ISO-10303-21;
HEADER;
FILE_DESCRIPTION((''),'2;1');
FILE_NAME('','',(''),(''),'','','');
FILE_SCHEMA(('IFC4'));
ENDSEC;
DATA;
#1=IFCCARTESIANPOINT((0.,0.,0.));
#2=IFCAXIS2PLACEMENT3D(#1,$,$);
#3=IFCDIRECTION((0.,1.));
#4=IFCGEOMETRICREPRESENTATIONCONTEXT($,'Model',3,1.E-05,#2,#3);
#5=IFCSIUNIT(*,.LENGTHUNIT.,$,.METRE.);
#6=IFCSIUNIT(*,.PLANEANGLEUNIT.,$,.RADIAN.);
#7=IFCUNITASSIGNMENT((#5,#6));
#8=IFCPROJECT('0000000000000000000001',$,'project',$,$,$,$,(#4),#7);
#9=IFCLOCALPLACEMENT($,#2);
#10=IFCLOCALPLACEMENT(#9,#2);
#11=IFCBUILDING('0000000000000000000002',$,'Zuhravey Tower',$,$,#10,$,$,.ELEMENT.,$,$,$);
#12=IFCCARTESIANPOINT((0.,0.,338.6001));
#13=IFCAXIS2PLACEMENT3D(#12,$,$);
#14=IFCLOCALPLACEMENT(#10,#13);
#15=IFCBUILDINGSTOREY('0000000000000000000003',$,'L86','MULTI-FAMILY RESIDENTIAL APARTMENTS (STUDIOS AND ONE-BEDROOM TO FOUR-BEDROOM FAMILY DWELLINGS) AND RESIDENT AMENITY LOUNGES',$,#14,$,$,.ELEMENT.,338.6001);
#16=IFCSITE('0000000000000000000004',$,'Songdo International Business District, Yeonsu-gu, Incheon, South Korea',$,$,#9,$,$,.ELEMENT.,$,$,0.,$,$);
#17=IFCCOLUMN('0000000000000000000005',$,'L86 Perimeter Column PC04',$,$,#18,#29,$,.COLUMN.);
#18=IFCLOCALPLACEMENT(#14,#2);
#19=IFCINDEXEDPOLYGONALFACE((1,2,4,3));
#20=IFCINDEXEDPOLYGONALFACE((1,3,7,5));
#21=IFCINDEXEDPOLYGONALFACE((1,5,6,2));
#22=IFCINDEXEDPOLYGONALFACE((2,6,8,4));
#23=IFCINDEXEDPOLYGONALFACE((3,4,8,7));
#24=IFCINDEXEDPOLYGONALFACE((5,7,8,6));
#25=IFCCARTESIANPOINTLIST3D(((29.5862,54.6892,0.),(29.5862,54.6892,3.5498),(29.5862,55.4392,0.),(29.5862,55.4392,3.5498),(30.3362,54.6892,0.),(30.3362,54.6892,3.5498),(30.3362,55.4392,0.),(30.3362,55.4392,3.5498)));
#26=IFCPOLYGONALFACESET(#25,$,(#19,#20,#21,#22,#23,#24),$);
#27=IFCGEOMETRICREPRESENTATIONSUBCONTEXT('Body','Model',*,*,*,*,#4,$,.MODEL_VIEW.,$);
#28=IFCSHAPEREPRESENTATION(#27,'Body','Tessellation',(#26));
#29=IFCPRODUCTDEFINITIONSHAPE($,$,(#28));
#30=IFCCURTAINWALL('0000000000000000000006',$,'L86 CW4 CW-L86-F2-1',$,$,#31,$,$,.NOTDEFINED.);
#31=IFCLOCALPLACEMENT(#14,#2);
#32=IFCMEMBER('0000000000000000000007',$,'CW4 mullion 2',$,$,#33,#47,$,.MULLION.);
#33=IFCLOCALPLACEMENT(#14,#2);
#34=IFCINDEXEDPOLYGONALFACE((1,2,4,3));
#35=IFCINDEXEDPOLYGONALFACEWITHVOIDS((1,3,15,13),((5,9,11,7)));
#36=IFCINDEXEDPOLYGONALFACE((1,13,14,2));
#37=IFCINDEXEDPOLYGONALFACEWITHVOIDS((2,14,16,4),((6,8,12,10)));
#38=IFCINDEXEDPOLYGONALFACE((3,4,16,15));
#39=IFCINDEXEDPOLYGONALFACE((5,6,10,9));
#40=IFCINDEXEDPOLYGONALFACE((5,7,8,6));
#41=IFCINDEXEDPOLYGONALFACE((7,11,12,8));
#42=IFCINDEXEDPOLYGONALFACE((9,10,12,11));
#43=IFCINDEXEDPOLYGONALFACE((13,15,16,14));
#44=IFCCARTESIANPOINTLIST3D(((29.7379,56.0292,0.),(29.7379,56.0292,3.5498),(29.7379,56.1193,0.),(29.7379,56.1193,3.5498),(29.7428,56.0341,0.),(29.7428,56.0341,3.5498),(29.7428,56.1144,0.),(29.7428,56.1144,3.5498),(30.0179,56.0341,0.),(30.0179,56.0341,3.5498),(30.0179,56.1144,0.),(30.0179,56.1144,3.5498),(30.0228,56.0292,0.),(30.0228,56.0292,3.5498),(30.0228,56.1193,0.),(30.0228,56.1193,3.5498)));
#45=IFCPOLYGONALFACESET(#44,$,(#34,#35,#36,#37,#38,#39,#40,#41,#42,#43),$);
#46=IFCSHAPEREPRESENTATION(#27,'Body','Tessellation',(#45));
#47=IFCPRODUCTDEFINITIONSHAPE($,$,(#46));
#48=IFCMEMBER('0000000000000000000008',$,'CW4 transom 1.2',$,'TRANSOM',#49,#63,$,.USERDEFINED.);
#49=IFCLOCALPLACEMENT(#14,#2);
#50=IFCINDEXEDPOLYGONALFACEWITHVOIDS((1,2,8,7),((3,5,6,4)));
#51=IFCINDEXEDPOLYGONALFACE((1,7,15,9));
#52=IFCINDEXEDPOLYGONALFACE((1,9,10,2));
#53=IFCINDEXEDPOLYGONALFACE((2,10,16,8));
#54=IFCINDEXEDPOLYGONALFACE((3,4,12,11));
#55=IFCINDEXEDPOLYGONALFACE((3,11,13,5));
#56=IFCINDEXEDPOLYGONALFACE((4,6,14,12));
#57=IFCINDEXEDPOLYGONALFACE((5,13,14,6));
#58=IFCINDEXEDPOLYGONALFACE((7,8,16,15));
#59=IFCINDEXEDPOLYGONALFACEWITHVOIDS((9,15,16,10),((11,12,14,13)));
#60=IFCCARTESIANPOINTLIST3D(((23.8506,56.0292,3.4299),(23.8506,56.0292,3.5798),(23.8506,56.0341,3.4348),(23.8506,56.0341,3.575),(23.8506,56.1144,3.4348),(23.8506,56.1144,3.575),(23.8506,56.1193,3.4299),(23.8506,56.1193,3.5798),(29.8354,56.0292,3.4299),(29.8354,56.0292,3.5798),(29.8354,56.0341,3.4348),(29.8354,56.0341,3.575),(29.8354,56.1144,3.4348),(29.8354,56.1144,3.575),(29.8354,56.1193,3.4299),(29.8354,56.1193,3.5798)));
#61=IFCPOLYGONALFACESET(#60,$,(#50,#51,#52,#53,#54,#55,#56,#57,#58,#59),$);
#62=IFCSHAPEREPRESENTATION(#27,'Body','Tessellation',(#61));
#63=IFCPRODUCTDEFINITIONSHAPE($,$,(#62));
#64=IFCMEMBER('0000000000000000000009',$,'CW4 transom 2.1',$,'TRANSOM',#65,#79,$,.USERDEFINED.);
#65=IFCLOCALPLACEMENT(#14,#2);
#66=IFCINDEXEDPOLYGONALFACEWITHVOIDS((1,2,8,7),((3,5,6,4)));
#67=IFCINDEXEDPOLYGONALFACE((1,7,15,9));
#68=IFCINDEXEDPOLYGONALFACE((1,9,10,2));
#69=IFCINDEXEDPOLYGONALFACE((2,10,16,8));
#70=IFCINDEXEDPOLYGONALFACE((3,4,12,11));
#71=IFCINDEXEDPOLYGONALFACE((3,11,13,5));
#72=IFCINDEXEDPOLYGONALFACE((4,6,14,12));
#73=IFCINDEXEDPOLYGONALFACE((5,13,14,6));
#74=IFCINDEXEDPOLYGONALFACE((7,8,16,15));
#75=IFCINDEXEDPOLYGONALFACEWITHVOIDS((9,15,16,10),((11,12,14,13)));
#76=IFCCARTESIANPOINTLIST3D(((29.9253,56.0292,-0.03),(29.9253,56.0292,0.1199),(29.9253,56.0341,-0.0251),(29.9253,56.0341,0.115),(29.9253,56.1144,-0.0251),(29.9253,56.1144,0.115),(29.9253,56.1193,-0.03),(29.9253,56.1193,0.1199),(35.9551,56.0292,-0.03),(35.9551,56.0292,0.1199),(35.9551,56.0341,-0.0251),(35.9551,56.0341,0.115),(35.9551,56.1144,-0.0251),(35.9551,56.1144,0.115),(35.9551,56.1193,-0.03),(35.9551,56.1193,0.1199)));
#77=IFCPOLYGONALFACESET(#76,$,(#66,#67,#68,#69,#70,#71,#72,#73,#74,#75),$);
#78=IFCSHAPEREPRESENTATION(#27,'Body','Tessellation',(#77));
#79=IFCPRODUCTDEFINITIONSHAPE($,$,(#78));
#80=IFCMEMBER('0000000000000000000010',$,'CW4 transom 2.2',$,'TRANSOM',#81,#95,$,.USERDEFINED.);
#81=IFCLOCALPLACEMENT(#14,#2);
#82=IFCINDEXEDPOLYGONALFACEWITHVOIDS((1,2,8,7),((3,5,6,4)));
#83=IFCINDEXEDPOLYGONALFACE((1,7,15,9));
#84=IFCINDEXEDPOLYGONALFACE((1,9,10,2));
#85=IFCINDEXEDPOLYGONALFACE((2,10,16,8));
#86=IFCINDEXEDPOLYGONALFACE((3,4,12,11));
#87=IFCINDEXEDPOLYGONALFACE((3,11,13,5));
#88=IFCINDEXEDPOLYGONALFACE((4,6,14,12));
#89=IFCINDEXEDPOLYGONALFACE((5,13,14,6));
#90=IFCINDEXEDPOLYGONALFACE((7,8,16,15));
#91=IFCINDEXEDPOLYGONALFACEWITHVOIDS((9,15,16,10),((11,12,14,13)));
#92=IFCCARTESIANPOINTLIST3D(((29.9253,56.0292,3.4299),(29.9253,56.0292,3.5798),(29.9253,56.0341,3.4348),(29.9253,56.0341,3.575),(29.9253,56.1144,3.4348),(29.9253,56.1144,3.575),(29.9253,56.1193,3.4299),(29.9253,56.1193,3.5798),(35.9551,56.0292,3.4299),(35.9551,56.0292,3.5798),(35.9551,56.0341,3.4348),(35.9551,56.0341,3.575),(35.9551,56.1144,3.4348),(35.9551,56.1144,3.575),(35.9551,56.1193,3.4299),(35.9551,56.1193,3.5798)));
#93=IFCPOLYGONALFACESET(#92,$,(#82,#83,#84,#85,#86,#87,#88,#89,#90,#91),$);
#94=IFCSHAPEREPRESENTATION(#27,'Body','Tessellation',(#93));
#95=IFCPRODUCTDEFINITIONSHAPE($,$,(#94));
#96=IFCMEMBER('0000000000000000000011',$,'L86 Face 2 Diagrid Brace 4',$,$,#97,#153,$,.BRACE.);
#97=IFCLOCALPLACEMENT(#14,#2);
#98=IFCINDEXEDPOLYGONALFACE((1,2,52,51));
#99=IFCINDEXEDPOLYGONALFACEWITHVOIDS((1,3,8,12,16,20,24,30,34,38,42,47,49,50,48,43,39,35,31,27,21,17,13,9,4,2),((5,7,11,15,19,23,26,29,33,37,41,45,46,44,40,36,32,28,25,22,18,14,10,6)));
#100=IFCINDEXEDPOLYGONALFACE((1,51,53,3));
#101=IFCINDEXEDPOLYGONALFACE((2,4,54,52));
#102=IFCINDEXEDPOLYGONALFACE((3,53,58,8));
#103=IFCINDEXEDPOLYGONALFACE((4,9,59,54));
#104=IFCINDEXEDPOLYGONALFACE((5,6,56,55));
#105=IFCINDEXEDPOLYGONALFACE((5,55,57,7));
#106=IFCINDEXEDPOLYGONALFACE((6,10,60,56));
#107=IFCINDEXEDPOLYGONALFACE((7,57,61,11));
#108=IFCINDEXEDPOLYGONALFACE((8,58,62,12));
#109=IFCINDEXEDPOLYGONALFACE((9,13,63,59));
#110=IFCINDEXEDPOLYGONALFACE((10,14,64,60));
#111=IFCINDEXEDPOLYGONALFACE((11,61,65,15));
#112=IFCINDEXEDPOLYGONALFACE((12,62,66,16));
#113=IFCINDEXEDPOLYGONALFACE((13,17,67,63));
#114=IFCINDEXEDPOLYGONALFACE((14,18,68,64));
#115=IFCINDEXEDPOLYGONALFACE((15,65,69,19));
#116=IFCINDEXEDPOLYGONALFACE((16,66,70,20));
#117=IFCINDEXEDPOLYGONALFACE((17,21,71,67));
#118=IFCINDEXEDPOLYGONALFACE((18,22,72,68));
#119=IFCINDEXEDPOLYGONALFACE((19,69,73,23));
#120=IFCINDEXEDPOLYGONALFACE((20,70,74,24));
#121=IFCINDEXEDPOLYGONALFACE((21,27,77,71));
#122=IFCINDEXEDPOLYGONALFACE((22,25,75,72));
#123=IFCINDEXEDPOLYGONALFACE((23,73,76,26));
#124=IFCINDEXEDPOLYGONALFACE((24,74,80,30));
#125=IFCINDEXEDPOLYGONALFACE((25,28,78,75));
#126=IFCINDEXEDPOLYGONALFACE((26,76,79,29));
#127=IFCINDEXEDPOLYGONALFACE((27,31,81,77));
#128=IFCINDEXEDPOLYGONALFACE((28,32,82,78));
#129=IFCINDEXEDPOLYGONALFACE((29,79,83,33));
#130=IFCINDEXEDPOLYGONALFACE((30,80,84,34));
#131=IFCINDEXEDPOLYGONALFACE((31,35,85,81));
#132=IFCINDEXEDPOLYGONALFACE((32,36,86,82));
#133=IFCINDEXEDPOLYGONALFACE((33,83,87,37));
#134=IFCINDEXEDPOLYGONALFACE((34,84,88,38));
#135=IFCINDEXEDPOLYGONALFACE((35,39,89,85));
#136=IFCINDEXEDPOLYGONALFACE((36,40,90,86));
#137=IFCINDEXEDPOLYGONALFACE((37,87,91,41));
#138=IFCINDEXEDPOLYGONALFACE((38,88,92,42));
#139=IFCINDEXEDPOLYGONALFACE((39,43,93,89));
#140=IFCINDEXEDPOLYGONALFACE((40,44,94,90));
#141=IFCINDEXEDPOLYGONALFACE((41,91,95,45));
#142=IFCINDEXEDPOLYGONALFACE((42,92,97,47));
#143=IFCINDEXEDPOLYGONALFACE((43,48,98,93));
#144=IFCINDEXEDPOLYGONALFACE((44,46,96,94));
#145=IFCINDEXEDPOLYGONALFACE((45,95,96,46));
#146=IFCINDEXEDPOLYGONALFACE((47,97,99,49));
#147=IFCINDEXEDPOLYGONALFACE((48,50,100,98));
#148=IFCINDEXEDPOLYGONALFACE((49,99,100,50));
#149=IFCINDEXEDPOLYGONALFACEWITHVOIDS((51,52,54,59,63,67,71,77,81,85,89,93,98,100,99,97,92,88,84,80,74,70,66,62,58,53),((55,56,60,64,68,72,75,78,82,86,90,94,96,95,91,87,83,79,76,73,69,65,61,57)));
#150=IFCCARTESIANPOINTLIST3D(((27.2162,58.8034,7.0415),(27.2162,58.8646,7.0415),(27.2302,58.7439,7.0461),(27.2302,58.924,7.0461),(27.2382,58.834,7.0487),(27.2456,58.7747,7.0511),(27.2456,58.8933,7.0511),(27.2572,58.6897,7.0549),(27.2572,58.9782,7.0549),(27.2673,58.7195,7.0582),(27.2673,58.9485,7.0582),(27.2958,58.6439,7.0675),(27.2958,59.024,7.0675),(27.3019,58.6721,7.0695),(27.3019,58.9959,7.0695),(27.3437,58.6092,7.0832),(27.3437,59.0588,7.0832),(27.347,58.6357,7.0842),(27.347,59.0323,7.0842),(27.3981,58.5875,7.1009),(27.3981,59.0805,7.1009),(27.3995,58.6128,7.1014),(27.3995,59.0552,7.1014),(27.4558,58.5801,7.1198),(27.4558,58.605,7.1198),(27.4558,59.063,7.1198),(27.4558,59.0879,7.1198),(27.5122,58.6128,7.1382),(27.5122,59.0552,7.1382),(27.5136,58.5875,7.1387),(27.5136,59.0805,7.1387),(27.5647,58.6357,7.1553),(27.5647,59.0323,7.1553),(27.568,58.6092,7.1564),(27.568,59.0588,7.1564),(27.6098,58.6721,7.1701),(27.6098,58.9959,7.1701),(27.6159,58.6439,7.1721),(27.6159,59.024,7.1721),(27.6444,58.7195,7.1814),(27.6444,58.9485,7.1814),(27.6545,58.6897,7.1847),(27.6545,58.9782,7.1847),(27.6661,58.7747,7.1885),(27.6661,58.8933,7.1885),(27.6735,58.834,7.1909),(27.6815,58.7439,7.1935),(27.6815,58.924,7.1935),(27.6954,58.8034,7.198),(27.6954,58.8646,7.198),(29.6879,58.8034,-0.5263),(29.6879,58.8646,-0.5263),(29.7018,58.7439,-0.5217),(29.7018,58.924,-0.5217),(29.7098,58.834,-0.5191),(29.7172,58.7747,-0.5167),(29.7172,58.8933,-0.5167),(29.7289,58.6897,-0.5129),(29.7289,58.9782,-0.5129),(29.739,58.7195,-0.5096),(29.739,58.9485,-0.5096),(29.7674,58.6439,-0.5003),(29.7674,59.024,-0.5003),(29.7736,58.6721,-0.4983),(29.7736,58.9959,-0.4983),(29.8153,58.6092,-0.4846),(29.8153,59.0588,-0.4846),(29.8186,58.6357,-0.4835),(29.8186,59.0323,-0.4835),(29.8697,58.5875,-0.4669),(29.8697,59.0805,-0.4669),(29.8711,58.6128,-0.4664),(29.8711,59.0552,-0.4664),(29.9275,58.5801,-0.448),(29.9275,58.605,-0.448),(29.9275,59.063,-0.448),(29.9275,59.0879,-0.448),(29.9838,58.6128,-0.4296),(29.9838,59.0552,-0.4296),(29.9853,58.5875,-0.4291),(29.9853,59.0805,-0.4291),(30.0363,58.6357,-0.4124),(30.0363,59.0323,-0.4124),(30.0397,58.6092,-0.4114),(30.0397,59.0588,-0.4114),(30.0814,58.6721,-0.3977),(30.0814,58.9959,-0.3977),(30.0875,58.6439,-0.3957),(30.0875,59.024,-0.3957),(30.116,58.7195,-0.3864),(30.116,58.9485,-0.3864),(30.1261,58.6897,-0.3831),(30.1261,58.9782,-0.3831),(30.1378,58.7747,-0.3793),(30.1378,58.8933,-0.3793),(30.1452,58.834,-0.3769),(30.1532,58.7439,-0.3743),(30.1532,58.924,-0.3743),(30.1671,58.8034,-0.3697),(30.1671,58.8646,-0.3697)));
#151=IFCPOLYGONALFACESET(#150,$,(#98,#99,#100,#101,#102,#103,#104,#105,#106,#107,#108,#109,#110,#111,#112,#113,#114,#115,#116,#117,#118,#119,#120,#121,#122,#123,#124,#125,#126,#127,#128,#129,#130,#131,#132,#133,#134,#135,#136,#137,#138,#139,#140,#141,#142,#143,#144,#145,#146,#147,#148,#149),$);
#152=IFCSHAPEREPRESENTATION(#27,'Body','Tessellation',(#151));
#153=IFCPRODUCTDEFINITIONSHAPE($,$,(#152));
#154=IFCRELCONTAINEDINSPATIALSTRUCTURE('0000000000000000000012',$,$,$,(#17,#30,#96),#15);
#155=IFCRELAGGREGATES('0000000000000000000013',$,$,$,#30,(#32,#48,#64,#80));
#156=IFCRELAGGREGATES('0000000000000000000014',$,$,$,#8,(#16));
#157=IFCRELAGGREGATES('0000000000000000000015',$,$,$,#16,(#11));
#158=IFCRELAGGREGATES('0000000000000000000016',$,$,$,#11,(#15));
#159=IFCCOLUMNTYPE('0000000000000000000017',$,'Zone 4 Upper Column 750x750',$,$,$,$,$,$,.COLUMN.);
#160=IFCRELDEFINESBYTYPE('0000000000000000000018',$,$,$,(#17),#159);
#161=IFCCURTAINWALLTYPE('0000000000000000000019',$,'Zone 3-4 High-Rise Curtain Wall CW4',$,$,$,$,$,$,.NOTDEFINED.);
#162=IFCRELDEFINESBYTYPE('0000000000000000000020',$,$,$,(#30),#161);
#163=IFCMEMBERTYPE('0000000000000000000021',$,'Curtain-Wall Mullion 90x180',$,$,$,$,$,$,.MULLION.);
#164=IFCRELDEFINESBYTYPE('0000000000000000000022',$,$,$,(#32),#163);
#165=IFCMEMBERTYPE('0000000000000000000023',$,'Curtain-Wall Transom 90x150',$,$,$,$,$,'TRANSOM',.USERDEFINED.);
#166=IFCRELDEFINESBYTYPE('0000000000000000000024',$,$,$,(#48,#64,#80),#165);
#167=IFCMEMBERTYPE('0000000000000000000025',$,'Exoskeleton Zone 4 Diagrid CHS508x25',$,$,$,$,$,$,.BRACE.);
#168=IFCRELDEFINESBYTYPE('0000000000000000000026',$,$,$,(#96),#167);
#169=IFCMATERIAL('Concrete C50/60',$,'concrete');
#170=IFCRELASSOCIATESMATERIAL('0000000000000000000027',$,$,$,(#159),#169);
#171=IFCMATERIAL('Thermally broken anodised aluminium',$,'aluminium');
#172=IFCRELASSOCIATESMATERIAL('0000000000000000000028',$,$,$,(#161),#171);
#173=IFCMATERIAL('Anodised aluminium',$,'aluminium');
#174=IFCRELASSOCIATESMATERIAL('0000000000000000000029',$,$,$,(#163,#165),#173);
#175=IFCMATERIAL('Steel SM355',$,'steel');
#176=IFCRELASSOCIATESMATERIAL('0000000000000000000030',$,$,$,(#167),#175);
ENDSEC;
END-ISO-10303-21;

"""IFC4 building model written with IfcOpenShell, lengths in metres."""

from ifc_helpers import new_model, si_unit, direction, frame, origin, origin_2d, place, context, subcontext, project, spatial, rectangle, hollow_rectangle, hollow_circle, extrude, material, material_profile, profile_set, type_object, element, aggregate, save


model = new_model("IFC4")

# Units and contexts
model_context = context("Model", 3, precision=1e-05, world=origin(), true_north=direction((0.0, 1.0)))
body_context = subcontext(model_context, "Body", "Model", "MODEL_VIEW")
ifc_project = project(units=[si_unit("LENGTHUNIT", "METRE"), si_unit("PLANEANGLEUNIT", "RADIAN")], contexts=[model_context])

# Site, building, storey
site_placement = place(None, origin())
site = spatial("IfcSite", under=ifc_project, at=site_placement, Name="Songdo International Business District, Yeonsu-gu, Incheon, South Korea", CompositionType="ELEMENT", RefElevation=0.0)
building_placement = place(site_placement, origin())
building = spatial("IfcBuilding", under=site, at=building_placement, Name="Zuhravey Tower", CompositionType="ELEMENT")
storey_placement = place(building_placement, frame((0.0, 0.0, 338.6001)))
storey = spatial("IfcBuildingStorey", under=building, at=storey_placement, Name="L86", Description="MULTI-FAMILY RESIDENTIAL APARTMENTS (STUDIOS AND ONE-BEDROOM TO FOUR-BEDROOM FAMILY DWELLINGS) AND RESIDENT AMENITY LOUNGES", CompositionType="ELEMENT", Elevation=338.6001)

# Column
ifc_material_1 = material(Name="Concrete C50/60", Category="concrete")
ifc_material_profile_1 = material_profile(ifc_material_1, rectangle(XDim=0.75, YDim=0.75, at=origin_2d()), Name="RC-750x750")
ifc_profile_set_1 = profile_set([ifc_material_profile_1], Name="Concrete C50/60")
column_type = type_object("IfcColumnType", Name="Zone 4 Upper Column 750x750", PredefinedType="COLUMN", material=ifc_profile_set_1)
column_placement = place(storey_placement, frame((29.9612, 55.0642, 0.0), z_axis=(0.0, 0.0, 1.0), x_axis=(-1.0, 0.0, 0.0)))
element("IfcColumn", 1, at=column_placement, inside=storey, type_object=column_type, Name="L86 Perimeter Column PC04", PredefinedType="COLUMN", context=body_context, shape_type="SweptSolid", body=[
    extrude(rectangle(XDim=0.75, YDim=0.75, at=origin_2d()), origin(), (0.0, 0.0, 1.0), 3.5498),
])

# Curtain wall, members
ifc_material_2 = material(Name="Thermally broken anodised aluminium", Category="aluminium")
curtain_wall_type = type_object("IfcCurtainWallType", Name="Zone 3-4 High-Rise Curtain Wall CW4", PredefinedType="NOTDEFINED", material=ifc_material_2)
curtain_wall_placement = place(storey_placement, origin())
curtain_wall = element("IfcCurtainWall", 2, at=curtain_wall_placement, inside=storey, type_object=curtain_wall_type, Name="L86 CW4 CW-L86-F2-1", PredefinedType="NOTDEFINED")
ifc_material_3 = material(Name="Anodised aluminium", Category="aluminium")
ifc_material_profile_2 = material_profile(ifc_material_3, hollow_rectangle(XDim=0.0901, YDim=0.2849, WallThickness=0.0049, at=origin_2d()), Name="ALU-RHS-90x285x5")
ifc_profile_set_2 = profile_set([ifc_material_profile_2], Name="Anodised aluminium")
member_type_1 = type_object("IfcMemberType", Name="Curtain-Wall Mullion 90x180", PredefinedType="MULLION", material=ifc_profile_set_2)
member_1_placement = place(storey_placement, frame((29.8804, 56.0742, 0.0), z_axis=(0.0, 0.0, 1.0), x_axis=(0.0, 1.0, 0.0)))
member_1 = element("IfcMember", 3, at=member_1_placement, type_object=member_type_1, Name="CW4 mullion 2", PredefinedType="MULLION", context=body_context, shape_type="SweptSolid", body=[
    extrude(hollow_rectangle(XDim=0.0901, YDim=0.2849, WallThickness=0.0049, at=origin_2d()), origin(), (0.0, 0.0, 1.0), 3.5498),
])
ifc_material_profile_3 = material_profile(ifc_material_3, hollow_rectangle(XDim=0.0901, YDim=0.1499, WallThickness=0.0049, at=origin_2d()), Name="ALU-RHS-90x150x5")
ifc_profile_set_3 = profile_set([ifc_material_profile_3], Name="Anodised aluminium")
member_type_2 = type_object("IfcMemberType", Name="Curtain-Wall Transom 90x150", ElementType="TRANSOM", PredefinedType="USERDEFINED", material=ifc_profile_set_3)
member_2_placement = place(storey_placement, frame((23.8506, 56.0742, 3.5049), z_axis=(1.0, 0.0, 0.0), x_axis=(0.0, 1.0, 0.0)))
member_2 = element("IfcMember", 4, at=member_2_placement, type_object=member_type_2, Name="CW4 transom 1.2", ObjectType="TRANSOM", PredefinedType="USERDEFINED", context=body_context, shape_type="SweptSolid", body=[
    extrude(hollow_rectangle(XDim=0.0901, YDim=0.1499, WallThickness=0.0049, at=origin_2d()), origin(), (0.0, 0.0, 1.0), 5.9849),
])
member_3_placement = place(storey_placement, frame((29.9253, 56.0742, 0.0449), z_axis=(1.0, 0.0, 0.0), x_axis=(0.0, 1.0, 0.0)))
member_3 = element("IfcMember", 5, at=member_3_placement, type_object=member_type_2, Name="CW4 transom 2.1", ObjectType="TRANSOM", PredefinedType="USERDEFINED", context=body_context, shape_type="SweptSolid", body=[
    extrude(hollow_rectangle(XDim=0.0901, YDim=0.1499, WallThickness=0.0049, at=origin_2d()), origin(), (0.0, 0.0, 1.0), 6.0298),
])
member_4_placement = place(storey_placement, frame((29.9253, 56.0742, 3.5049), z_axis=(1.0, 0.0, 0.0), x_axis=(0.0, 1.0, 0.0)))
member_4 = element("IfcMember", 6, at=member_4_placement, type_object=member_type_2, Name="CW4 transom 2.2", ObjectType="TRANSOM", PredefinedType="USERDEFINED", context=body_context, shape_type="SweptSolid", body=[
    extrude(hollow_rectangle(XDim=0.0901, YDim=0.1499, WallThickness=0.0049, at=origin_2d()), origin(), (0.0, 0.0, 1.0), 6.0298),
])

# Member
ifc_material_4 = material(Name="Steel SM355", Category="steel")
ifc_material_profile_4 = material_profile(ifc_material_4, hollow_circle(Radius=0.2539, WallThickness=0.0249, at=origin_2d()), Name="CHS-508.0x25")
ifc_profile_set_4 = profile_set([ifc_material_profile_4], Name="Steel SM355")
member_type_3 = type_object("IfcMemberType", Name="Exoskeleton Zone 4 Diagrid CHS508x25", PredefinedType="BRACE", material=ifc_profile_set_4)
member_5_placement = place(storey_placement, frame((29.9275, 58.834, -0.448), z_axis=(-0.310463, 0.0, 0.950586), x_axis=(0.0, -1.0, 0.0)))
element("IfcMember", 7, at=member_5_placement, inside=storey, type_object=member_type_3, Name="L86 Face 2 Diagrid Brace 4", PredefinedType="BRACE", context=body_context, shape_type="SweptSolid", body=[
    extrude(hollow_circle(Radius=0.2539, WallThickness=0.0249, at=origin_2d()), origin(), (0.0, 0.0, 1.0), 7.9612),
])

aggregate(curtain_wall, [member_1, member_2, member_3, member_4])

save(model, "model.ifc")
